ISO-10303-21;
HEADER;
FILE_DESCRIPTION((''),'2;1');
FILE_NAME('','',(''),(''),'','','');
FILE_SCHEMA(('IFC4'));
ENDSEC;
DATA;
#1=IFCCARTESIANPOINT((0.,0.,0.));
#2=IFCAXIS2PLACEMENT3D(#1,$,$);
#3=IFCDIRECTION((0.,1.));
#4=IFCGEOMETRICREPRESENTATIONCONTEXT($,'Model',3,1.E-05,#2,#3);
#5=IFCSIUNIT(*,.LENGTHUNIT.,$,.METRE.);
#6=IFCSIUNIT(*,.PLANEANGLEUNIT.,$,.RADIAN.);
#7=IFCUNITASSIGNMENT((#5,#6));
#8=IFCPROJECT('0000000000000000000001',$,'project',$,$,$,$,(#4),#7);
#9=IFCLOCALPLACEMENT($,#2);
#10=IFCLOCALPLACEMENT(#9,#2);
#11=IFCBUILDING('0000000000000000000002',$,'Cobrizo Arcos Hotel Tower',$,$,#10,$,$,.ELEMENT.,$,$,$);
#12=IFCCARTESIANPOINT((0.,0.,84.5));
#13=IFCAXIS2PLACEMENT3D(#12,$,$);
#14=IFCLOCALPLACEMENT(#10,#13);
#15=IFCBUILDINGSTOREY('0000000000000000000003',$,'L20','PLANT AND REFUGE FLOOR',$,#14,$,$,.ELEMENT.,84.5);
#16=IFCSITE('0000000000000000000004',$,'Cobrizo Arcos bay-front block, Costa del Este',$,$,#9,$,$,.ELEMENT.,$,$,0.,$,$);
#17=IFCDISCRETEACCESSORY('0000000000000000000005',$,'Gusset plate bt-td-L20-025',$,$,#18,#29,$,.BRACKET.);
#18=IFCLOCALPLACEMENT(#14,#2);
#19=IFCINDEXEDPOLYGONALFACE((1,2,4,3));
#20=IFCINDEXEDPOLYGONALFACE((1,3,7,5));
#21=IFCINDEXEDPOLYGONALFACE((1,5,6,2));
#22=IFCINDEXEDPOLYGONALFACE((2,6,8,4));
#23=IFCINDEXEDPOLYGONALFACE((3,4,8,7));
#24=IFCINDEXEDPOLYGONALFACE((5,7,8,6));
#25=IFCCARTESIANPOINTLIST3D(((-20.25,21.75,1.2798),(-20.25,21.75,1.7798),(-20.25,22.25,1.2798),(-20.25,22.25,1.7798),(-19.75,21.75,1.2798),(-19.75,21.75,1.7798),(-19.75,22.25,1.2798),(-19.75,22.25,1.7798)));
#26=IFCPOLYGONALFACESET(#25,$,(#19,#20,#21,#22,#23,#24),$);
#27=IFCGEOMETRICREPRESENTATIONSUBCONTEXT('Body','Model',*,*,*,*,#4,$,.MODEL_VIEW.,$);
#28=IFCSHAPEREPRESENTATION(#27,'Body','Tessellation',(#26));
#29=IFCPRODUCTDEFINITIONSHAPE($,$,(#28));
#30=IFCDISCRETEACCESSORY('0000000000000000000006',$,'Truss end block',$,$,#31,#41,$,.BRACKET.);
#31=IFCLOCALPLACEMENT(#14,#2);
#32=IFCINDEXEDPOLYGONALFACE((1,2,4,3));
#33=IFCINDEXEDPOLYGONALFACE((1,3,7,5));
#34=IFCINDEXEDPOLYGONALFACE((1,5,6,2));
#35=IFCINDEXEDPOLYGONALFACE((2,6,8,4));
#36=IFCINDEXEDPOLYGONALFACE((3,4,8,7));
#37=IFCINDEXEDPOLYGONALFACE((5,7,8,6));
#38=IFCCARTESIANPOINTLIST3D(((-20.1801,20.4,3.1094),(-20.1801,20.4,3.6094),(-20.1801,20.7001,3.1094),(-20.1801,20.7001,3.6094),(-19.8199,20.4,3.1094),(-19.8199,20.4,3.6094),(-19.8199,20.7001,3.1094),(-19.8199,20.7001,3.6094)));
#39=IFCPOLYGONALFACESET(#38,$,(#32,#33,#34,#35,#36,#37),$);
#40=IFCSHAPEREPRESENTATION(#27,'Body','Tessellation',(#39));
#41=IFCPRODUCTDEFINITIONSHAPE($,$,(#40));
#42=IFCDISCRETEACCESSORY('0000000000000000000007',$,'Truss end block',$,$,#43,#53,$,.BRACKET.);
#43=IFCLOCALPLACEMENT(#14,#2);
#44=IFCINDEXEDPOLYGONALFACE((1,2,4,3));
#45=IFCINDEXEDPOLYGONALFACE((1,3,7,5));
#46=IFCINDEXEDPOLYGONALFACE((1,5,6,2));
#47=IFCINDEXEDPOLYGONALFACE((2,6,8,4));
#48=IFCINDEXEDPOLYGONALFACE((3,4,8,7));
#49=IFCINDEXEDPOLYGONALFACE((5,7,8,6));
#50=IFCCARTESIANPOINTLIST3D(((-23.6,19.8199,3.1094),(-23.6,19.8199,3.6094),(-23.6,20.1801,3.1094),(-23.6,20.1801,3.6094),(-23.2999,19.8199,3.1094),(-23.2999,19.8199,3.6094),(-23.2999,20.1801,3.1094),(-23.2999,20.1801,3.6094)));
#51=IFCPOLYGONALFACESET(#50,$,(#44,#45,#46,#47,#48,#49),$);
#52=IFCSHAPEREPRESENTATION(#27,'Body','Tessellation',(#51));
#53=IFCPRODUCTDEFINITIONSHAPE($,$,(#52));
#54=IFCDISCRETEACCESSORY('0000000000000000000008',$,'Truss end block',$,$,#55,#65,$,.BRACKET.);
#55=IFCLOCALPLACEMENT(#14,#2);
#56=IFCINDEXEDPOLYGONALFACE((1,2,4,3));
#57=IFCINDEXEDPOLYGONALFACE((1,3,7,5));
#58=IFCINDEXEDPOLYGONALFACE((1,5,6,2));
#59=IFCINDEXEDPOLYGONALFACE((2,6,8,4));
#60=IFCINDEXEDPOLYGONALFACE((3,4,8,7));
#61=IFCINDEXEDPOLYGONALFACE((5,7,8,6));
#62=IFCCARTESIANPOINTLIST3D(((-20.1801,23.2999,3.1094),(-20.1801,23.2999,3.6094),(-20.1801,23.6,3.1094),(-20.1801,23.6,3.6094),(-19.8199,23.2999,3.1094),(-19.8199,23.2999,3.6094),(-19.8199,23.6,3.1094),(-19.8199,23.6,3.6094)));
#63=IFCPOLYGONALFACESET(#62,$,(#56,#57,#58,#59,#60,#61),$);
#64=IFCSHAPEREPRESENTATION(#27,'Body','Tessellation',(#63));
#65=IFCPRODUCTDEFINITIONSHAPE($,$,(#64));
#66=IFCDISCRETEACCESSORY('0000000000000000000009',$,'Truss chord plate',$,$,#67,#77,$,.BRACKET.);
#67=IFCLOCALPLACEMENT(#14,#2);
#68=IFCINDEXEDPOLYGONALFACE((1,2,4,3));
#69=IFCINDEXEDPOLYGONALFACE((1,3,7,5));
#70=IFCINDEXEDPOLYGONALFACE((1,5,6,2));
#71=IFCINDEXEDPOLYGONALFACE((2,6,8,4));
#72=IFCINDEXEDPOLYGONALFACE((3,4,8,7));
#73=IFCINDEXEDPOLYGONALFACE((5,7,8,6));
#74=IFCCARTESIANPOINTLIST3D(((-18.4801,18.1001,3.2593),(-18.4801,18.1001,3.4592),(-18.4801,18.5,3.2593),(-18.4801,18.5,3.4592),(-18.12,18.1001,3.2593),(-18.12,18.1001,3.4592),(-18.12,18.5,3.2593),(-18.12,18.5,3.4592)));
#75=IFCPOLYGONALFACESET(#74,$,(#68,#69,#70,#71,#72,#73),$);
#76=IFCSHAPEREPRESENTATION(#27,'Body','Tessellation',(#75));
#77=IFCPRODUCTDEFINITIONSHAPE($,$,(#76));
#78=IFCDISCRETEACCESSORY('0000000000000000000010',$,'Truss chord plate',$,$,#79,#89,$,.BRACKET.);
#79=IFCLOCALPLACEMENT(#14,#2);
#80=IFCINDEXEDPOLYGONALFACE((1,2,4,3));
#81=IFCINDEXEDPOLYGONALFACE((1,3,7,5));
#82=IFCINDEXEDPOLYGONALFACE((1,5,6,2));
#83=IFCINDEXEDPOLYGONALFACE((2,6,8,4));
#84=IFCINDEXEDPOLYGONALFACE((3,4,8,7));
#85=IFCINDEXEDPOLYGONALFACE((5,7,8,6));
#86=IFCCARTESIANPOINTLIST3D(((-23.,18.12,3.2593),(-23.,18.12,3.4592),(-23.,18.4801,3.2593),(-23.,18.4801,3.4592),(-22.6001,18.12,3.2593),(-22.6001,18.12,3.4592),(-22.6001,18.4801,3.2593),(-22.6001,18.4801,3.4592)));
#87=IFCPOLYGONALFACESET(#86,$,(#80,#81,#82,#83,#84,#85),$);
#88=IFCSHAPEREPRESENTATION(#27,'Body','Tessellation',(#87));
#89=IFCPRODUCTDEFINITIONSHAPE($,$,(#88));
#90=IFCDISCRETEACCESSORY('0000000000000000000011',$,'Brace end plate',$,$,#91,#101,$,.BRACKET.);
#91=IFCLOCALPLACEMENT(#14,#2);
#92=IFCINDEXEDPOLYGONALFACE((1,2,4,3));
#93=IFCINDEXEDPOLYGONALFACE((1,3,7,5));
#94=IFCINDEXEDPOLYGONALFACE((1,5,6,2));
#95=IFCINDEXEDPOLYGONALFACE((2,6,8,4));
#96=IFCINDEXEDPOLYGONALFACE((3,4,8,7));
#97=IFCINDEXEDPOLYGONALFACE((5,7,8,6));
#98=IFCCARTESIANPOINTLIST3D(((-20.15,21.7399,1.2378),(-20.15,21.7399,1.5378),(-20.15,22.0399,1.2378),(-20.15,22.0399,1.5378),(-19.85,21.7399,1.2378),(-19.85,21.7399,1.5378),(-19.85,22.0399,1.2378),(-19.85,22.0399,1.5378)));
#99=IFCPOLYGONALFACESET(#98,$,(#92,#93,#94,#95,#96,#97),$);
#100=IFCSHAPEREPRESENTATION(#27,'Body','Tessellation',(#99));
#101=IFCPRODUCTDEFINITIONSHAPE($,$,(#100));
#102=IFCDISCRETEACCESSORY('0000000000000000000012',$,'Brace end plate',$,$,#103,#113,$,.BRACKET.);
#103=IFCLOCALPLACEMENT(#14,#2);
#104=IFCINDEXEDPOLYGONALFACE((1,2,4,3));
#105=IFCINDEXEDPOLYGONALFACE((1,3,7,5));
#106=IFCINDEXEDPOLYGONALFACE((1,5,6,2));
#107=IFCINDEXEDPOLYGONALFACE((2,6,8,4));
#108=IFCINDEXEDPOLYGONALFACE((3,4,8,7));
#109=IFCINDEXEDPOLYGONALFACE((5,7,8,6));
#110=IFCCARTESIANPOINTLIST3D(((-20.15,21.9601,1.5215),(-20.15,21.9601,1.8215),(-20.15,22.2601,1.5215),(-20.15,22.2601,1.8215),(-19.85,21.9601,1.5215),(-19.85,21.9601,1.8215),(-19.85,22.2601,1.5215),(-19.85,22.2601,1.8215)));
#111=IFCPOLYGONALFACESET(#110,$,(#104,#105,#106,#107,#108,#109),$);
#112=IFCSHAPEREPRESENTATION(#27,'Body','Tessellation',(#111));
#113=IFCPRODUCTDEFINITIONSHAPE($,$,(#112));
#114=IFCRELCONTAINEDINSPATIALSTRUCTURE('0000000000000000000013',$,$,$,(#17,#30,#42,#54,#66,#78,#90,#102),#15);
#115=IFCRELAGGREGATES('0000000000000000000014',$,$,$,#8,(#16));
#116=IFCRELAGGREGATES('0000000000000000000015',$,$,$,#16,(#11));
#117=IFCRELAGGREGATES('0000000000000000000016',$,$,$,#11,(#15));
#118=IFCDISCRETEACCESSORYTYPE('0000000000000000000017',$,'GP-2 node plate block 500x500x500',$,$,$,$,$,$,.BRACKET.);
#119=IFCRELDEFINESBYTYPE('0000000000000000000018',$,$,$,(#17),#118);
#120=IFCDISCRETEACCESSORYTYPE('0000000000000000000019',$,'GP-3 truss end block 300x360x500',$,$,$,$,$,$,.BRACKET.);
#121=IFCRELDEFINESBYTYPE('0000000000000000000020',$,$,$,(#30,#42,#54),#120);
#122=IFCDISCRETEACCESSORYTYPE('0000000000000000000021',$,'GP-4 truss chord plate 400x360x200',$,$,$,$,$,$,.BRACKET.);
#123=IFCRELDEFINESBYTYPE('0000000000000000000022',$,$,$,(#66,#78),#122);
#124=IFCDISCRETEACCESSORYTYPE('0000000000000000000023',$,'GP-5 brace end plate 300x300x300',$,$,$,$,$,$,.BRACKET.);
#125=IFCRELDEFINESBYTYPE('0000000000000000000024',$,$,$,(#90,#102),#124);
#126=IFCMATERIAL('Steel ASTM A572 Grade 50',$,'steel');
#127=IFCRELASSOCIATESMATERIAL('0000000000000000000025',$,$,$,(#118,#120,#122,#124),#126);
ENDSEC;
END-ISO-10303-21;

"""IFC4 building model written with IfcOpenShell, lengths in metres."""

from ifc_helpers import new_model, si_unit, direction, frame, origin, origin_2d, place, context, subcontext, project, spatial, rectangle, extrude, material, type_object, element, save


model = new_model("IFC4")

# Units and contexts
model_context = context("Model", 3, precision=1e-05, world=origin(), true_north=direction((0.0, 1.0)))
body_context = subcontext(model_context, "Body", "Model", "MODEL_VIEW")
ifc_project = project(units=[si_unit("LENGTHUNIT", "METRE"), si_unit("PLANEANGLEUNIT", "RADIAN")], contexts=[model_context])

# Site, building, storey
site_placement = place(None, origin())
site = spatial("IfcSite", under=ifc_project, at=site_placement, Name="Cobrizo Arcos bay-front block, Costa del Este", CompositionType="ELEMENT", RefElevation=0.0)
building_placement = place(site_placement, origin())
building = spatial("IfcBuilding", under=site, at=building_placement, Name="Cobrizo Arcos Hotel Tower", CompositionType="ELEMENT")
storey_placement = place(building_placement, frame((0.0, 0.0, 84.5)))
storey = spatial("IfcBuildingStorey", under=building, at=storey_placement, Name="L20", Description="PLANT AND REFUGE FLOOR", CompositionType="ELEMENT", Elevation=84.5)

# Discrete accessories
ifc_material_1 = material(Name="Steel ASTM A572 Grade 50", Category="steel")
discrete_accessory_type_1 = type_object("IfcDiscreteAccessoryType", Name="GP-2 node plate block 500x500x500", PredefinedType="BRACKET", material=ifc_material_1)
discrete_accessory_placement = place(storey_placement, frame((-20.0, 22.0, 1.2798), z_axis=(0.0, 0.0, 1.0), x_axis=(1.0, 0.0, 0.0)))
element("IfcDiscreteAccessory", 1, at=discrete_accessory_placement, inside=storey, type_object=discrete_accessory_type_1, Name="Gusset plate bt-td-L20-025", PredefinedType="BRACKET", context=body_context, shape_type="SweptSolid", body=[
    extrude(rectangle(XDim=0.5, YDim=0.5, at=origin_2d()), origin(), (0.0, 0.0, 1.0), 0.5),
])
discrete_accessory_type_2 = type_object("IfcDiscreteAccessoryType", Name="GP-3 truss end block 300x360x500", PredefinedType="BRACKET", material=ifc_material_1)
for number, where, z_axis, x_axis, name in (
    (2, (-20.0, 20.55, 3.1094), (0.0, 0.0, 1.0), (0.0, 1.0, 0.0), "Truss end block"),
    (3, (-23.45, 20.0, 3.1094), (0.0, 0.0, 1.0), (1.0, 0.0, 0.0), "Truss end block"),
    (4, (-20.0, 23.45, 3.1094), (0.0, 0.0, 1.0), (0.0, -1.0, 0.0), "Truss end block"),
):
    element("IfcDiscreteAccessory", number, at=place(storey_placement, frame(where, z_axis=z_axis, x_axis=x_axis)), inside=storey, type_object=discrete_accessory_type_2, Name=name, PredefinedType="BRACKET", context=body_context, shape_type="SweptSolid", body=[
        extrude(rectangle(XDim=0.3, YDim=0.3601, at=origin_2d()), origin(), (0.0, 0.0, 1.0), 0.5),
    ])
discrete_accessory_type_3 = type_object("IfcDiscreteAccessoryType", Name="GP-4 truss chord plate 400x360x200", PredefinedType="BRACKET", material=ifc_material_1)
for number, where, z_axis, x_axis, name in (
    (5, (-18.3, 18.3, 3.2593), (0.0, 0.0, 1.0), (0.0, -1.0, 0.0), "Truss chord plate"),
    (6, (-22.8, 18.3, 3.2593), (0.0, 0.0, 1.0), (-1.0, 0.0, 0.0), "Truss chord plate"),
):
    element("IfcDiscreteAccessory", number, at=place(storey_placement, frame(where, z_axis=z_axis, x_axis=x_axis)), inside=storey, type_object=discrete_accessory_type_3, Name=name, PredefinedType="BRACKET", context=body_context, shape_type="SweptSolid", body=[
        extrude(rectangle(XDim=0.3999, YDim=0.3601, at=origin_2d()), origin(), (0.0, 0.0, 1.0), 0.2),
    ])
discrete_accessory_type_4 = type_object("IfcDiscreteAccessoryType", Name="GP-5 brace end plate 300x300x300", PredefinedType="BRACKET", material=ifc_material_1)
for number, where, z_axis, x_axis, name in (
    (7, (-20.0, 21.8899, 1.2378), (0.0, 0.0, 1.0), (1.0, 0.0, 0.0), "Brace end plate"),
    (8, (-20.0, 22.1101, 1.5215), (0.0, 0.0, 1.0), (1.0, 0.0, 0.0), "Brace end plate"),
):
    element("IfcDiscreteAccessory", number, at=place(storey_placement, frame(where, z_axis=z_axis, x_axis=x_axis)), inside=storey, type_object=discrete_accessory_type_4, Name=name, PredefinedType="BRACKET", context=body_context, shape_type="SweptSolid", body=[
        extrude(rectangle(XDim=0.3, YDim=0.3, at=origin_2d()), origin(), (0.0, 0.0, 1.0), 0.3),
    ])

save(model, "model.ifc")
